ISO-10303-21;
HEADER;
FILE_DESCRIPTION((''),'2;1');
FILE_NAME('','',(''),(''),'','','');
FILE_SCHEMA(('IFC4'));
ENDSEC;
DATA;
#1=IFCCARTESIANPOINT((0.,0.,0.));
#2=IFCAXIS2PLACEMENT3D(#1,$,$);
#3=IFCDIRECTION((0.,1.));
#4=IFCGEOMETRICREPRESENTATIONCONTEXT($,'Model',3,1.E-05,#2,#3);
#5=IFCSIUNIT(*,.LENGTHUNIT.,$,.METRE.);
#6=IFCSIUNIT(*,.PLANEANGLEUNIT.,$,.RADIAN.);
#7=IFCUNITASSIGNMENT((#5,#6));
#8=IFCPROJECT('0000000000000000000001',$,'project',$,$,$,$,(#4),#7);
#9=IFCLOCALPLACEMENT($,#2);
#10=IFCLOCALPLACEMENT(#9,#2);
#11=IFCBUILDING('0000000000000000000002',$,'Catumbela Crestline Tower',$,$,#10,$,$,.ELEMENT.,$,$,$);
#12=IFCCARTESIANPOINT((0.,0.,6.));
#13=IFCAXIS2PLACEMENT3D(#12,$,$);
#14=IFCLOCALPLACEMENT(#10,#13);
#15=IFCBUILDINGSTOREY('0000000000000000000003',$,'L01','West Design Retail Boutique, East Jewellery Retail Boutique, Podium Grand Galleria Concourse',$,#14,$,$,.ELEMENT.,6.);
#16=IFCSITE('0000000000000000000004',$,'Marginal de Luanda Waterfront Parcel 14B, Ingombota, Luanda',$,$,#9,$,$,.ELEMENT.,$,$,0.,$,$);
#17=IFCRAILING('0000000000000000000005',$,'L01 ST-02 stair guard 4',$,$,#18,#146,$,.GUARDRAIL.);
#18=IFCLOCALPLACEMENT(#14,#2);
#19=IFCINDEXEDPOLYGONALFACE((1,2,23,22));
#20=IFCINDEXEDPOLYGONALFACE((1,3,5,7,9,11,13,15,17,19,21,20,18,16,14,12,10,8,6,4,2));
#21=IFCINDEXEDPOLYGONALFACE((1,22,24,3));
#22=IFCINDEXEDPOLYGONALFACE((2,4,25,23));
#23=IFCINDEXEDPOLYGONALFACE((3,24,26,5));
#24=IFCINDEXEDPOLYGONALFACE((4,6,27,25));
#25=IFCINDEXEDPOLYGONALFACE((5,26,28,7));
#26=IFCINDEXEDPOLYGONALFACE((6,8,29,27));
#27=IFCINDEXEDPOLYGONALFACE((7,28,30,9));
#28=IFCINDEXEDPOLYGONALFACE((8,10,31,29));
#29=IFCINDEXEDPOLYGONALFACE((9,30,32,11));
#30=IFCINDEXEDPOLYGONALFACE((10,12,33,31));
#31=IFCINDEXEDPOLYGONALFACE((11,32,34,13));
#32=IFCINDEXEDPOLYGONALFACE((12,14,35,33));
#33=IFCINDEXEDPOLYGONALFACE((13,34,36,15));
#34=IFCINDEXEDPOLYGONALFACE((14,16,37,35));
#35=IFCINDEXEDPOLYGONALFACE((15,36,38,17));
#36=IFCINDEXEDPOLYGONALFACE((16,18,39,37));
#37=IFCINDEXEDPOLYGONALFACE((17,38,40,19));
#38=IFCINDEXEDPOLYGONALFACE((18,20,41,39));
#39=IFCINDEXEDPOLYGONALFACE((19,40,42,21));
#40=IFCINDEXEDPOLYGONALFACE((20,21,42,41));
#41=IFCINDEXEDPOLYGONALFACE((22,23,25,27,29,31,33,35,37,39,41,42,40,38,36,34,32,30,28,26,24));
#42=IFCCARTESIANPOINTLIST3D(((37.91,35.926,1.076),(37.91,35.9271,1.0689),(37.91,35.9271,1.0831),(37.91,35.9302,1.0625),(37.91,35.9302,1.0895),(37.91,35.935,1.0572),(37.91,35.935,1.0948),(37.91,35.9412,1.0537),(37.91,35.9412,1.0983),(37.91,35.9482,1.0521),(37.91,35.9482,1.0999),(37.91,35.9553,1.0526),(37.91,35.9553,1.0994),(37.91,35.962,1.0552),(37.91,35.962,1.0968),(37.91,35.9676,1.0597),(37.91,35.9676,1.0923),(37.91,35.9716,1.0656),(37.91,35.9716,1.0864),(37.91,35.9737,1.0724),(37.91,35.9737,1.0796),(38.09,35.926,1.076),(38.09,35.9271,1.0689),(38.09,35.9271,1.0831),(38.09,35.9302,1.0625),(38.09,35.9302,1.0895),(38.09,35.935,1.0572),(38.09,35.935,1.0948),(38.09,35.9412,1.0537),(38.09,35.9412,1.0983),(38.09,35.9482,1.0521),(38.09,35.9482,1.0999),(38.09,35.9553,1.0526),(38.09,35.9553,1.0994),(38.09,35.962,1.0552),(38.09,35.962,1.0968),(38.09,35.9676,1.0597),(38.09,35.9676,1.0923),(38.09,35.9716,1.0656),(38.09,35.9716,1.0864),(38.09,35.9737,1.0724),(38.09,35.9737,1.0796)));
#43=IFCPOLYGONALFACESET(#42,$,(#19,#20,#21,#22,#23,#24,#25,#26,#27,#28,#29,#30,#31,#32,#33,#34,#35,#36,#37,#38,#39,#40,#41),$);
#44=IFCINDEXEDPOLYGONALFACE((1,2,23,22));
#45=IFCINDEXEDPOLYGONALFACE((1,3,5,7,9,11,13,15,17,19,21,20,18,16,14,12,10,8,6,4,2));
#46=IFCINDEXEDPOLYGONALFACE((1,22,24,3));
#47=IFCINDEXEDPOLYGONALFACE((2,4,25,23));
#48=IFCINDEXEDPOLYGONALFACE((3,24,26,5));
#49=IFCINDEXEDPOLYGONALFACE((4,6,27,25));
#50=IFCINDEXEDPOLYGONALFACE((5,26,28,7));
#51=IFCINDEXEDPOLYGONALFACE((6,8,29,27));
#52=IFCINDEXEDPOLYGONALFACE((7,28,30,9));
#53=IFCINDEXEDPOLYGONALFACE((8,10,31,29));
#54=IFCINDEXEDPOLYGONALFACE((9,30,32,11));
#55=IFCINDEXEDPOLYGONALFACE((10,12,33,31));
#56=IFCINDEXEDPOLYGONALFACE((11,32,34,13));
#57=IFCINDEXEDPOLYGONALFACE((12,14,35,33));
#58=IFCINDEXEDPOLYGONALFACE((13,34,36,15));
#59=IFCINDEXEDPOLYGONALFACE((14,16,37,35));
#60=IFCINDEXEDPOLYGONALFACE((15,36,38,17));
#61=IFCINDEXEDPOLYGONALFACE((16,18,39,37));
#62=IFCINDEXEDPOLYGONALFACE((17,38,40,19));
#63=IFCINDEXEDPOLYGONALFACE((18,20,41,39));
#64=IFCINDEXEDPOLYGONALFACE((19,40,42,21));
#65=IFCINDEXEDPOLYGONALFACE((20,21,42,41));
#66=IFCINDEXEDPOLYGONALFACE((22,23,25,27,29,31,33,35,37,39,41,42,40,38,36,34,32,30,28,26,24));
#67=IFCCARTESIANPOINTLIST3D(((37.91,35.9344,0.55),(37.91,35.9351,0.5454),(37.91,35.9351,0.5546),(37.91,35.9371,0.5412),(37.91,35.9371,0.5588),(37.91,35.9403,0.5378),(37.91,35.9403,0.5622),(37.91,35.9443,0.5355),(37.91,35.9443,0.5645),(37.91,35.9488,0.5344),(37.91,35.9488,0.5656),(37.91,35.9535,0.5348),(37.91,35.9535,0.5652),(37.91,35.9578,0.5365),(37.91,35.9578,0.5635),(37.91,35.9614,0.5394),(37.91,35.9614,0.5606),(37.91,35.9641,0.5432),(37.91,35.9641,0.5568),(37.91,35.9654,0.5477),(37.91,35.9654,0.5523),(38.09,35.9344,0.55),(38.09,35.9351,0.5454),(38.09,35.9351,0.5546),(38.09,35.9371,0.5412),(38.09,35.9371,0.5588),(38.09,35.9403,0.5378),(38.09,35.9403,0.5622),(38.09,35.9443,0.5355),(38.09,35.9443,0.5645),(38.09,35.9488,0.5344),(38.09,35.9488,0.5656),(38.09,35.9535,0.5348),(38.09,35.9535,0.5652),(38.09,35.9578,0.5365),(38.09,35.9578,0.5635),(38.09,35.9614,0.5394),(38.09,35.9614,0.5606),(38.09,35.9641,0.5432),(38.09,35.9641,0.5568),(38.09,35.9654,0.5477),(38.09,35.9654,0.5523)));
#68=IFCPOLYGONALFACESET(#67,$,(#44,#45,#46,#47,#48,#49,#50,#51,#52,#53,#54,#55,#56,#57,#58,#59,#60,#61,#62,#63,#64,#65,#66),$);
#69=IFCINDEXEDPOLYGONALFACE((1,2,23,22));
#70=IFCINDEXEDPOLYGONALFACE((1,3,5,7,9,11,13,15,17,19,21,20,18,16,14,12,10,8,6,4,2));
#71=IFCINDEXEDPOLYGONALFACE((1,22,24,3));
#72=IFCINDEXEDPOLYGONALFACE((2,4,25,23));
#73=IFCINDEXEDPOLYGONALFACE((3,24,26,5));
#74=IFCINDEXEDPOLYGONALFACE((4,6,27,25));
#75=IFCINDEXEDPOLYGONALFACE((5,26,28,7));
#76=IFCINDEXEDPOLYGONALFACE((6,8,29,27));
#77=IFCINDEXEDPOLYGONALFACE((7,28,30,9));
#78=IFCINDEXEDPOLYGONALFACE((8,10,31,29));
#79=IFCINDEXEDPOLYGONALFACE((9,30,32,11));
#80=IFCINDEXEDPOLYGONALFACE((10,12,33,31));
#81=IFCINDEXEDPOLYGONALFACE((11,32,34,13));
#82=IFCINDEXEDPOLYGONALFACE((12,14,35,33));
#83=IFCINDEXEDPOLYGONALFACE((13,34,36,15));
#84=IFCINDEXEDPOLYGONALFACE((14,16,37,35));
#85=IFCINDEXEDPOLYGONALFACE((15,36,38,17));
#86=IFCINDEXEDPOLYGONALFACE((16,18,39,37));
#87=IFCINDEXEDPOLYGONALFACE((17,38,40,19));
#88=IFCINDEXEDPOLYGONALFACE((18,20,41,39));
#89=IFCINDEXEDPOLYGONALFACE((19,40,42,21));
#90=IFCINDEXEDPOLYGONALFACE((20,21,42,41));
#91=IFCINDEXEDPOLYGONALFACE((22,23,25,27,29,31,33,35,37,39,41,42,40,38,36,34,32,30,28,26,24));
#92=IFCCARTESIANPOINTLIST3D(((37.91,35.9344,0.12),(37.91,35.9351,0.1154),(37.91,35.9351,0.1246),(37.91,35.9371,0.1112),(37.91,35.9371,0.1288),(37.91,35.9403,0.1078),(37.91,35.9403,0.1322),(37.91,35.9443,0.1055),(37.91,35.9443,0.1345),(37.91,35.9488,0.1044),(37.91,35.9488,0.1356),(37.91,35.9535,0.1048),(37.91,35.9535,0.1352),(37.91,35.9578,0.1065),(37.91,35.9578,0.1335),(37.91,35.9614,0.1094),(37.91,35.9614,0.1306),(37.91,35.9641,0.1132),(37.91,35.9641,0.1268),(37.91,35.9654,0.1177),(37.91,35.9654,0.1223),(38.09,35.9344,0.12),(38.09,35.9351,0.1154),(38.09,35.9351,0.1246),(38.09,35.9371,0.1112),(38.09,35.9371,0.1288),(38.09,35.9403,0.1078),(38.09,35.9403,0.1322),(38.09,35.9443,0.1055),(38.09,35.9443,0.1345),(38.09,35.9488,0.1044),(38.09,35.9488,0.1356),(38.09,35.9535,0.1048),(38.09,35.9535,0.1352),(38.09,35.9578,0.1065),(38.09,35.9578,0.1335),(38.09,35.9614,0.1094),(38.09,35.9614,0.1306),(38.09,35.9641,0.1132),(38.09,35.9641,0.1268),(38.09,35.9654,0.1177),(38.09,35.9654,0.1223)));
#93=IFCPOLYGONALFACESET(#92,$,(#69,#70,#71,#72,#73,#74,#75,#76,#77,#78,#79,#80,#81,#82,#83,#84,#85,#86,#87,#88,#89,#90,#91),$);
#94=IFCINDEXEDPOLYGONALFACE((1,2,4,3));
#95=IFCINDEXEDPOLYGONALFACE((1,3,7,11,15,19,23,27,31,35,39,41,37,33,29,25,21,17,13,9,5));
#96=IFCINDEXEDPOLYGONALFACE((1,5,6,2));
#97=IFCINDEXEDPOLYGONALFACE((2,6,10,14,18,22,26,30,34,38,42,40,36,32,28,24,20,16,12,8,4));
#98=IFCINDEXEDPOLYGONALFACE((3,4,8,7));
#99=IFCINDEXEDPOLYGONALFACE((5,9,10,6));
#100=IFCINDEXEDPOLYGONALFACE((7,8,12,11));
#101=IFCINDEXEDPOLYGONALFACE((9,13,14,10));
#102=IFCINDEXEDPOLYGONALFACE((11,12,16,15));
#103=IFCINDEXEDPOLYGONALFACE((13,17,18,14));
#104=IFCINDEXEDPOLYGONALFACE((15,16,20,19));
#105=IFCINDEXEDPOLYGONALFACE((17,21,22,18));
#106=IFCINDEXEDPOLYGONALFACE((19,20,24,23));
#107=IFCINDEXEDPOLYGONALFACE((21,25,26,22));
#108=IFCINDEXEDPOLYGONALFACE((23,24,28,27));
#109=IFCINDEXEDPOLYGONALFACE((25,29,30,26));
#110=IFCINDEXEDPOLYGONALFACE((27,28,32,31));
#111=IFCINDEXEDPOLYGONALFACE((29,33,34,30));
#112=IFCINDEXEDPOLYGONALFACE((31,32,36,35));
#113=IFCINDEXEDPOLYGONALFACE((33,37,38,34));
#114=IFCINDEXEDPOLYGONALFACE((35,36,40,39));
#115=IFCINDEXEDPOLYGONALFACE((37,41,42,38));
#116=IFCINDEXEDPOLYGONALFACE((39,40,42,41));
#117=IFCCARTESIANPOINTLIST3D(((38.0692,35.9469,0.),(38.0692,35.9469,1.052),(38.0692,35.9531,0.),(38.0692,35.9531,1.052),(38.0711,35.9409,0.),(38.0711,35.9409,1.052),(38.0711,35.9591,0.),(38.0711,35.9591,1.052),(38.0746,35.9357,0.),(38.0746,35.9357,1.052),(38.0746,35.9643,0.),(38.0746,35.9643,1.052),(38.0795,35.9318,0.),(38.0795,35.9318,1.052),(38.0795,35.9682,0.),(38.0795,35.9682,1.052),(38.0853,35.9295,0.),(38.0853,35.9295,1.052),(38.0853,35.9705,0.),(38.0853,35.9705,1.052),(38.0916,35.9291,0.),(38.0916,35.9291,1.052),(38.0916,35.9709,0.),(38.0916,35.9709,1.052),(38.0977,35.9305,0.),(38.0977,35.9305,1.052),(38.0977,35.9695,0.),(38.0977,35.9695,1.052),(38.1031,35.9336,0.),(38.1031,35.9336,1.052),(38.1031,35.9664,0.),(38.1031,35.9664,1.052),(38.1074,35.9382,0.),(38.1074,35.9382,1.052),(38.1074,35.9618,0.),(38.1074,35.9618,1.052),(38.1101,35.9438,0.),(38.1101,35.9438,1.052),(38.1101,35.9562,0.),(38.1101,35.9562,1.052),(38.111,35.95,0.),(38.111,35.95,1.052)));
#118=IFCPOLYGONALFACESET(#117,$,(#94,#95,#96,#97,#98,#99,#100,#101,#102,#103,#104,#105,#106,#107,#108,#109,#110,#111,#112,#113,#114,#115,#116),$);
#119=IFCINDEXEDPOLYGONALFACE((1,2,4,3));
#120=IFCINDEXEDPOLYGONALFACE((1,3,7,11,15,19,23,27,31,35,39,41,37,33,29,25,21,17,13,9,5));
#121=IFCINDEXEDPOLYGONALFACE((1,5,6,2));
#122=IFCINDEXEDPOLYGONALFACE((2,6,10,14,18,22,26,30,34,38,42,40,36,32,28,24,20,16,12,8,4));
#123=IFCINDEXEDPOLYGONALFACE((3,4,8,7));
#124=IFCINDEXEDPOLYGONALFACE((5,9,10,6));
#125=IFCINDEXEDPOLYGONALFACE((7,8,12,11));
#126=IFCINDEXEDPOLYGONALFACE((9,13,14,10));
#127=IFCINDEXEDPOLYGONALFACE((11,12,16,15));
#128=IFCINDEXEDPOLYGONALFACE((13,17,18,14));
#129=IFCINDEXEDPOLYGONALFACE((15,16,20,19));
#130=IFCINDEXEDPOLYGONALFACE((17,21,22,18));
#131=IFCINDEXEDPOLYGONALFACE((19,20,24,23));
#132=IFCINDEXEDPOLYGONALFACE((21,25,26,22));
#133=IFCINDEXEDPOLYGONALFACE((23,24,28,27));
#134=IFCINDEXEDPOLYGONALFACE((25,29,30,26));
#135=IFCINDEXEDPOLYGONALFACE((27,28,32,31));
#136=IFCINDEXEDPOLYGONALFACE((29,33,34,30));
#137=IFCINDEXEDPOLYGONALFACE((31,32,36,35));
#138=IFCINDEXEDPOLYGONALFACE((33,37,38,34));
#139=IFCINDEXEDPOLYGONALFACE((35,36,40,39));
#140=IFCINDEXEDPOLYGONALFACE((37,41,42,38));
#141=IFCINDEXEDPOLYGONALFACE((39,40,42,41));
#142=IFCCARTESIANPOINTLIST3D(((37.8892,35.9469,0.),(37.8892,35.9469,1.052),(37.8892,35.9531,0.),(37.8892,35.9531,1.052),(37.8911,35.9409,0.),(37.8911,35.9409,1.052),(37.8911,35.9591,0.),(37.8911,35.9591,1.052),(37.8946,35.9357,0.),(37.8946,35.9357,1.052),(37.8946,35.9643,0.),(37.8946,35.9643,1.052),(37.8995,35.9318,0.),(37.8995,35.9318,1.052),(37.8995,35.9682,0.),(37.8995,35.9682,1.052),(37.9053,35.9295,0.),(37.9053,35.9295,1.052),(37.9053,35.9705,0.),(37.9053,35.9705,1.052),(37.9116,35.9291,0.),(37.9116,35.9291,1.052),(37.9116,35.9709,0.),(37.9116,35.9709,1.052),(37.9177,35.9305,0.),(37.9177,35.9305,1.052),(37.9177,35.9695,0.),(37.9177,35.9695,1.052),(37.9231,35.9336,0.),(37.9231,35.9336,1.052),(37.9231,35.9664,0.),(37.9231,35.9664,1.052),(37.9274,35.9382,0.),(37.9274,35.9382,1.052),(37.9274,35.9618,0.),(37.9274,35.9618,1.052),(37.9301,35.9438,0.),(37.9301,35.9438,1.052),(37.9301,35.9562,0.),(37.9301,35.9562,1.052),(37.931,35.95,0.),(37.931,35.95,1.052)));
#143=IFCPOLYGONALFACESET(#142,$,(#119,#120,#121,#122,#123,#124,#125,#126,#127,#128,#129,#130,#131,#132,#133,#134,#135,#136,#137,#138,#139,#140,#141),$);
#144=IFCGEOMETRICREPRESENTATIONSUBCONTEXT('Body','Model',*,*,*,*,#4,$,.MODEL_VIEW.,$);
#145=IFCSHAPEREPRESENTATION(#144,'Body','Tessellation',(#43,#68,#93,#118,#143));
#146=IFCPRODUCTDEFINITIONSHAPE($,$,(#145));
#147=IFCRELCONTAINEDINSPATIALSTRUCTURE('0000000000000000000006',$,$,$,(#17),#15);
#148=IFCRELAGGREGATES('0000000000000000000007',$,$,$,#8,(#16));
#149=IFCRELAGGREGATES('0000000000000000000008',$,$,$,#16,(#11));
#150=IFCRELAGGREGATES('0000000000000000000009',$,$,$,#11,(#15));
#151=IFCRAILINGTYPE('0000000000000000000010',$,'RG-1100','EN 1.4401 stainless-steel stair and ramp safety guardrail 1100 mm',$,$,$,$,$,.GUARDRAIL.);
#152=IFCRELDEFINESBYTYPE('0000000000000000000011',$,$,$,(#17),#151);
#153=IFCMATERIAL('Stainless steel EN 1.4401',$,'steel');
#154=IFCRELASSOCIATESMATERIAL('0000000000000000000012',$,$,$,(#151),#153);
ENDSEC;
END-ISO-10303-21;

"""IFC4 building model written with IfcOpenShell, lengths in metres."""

from ifc_helpers import new_model, si_unit, direction, frame, origin, origin_2d, place, context, subcontext, project, spatial, circle, extrude, material, type_object, element, save


model = new_model("IFC4")

# Units and contexts
model_context = context("Model", 3, precision=1e-05, world=origin(), true_north=direction((0.0, 1.0)))
body_context = subcontext(model_context, "Body", "Model", "MODEL_VIEW")
ifc_project = project(units=[si_unit("LENGTHUNIT", "METRE"), si_unit("PLANEANGLEUNIT", "RADIAN")], contexts=[model_context])

# Site, building, storey
site_placement = place(None, origin())
site = spatial("IfcSite", under=ifc_project, at=site_placement, Name="Marginal de Luanda Waterfront Parcel 14B, Ingombota, Luanda", CompositionType="ELEMENT", RefElevation=0.0)
building_placement = place(site_placement, origin())
building = spatial("IfcBuilding", under=site, at=building_placement, Name="Catumbela Crestline Tower", CompositionType="ELEMENT")
storey_placement = place(building_placement, frame((0.0, 0.0, 6.0)))
storey = spatial("IfcBuildingStorey", under=building, at=storey_placement, Name="L01", Description="West Design Retail Boutique, East Jewellery Retail Boutique, Podium Grand Galleria Concourse", CompositionType="ELEMENT", Elevation=6.0)

# Shared definitions
ifc_material_1 = material(Name="Stainless steel EN 1.4401", Category="steel")

# Railing
railing_type_1 = type_object("IfcRailingType", Name="RG-1100", Description="EN 1.4401 stainless-steel stair and ramp safety guardrail 1100 mm", PredefinedType="GUARDRAIL", material=ifc_material_1)
railing_1_placement = place(storey_placement, frame((38.09, 35.95, 0.0)))
element("IfcRailing", 1, at=railing_1_placement, inside=storey, type_object=railing_type_1, Name="L01 ST-02 stair guard 4", PredefinedType="GUARDRAIL", context=body_context, shape_type="SweptSolid", body=[
    extrude(circle(Radius=0.024, at=origin_2d()), frame((0.0, 0.0, 1.076), z_axis=(-1.0, 0.0, 0.0), x_axis=(0.0, -1.0, 0.0)), (0.0, 0.0, 1.0), 0.18),
    extrude(circle(Radius=0.0156, at=origin_2d()), frame((0.0, 0.0, 0.55), z_axis=(-1.0, 0.0, 0.0), x_axis=(0.0, -1.0, 0.0)), (0.0, 0.0, 1.0), 0.18),
    extrude(circle(Radius=0.0156, at=origin_2d()), frame((0.0, 0.0, 0.12), z_axis=(-1.0, 0.0, 0.0), x_axis=(0.0, -1.0, 0.0)), (0.0, 0.0, 1.0), 0.18),
    extrude(circle(Radius=0.021, at=origin_2d()), origin(), (0.0, 0.0, 1.0), 1.052),
    extrude(circle(Radius=0.021, at=origin_2d()), frame((-0.18, 0.0, 0.0)), (0.0, 0.0, 1.0), 1.052),
])

save(model, "model.ifc")
